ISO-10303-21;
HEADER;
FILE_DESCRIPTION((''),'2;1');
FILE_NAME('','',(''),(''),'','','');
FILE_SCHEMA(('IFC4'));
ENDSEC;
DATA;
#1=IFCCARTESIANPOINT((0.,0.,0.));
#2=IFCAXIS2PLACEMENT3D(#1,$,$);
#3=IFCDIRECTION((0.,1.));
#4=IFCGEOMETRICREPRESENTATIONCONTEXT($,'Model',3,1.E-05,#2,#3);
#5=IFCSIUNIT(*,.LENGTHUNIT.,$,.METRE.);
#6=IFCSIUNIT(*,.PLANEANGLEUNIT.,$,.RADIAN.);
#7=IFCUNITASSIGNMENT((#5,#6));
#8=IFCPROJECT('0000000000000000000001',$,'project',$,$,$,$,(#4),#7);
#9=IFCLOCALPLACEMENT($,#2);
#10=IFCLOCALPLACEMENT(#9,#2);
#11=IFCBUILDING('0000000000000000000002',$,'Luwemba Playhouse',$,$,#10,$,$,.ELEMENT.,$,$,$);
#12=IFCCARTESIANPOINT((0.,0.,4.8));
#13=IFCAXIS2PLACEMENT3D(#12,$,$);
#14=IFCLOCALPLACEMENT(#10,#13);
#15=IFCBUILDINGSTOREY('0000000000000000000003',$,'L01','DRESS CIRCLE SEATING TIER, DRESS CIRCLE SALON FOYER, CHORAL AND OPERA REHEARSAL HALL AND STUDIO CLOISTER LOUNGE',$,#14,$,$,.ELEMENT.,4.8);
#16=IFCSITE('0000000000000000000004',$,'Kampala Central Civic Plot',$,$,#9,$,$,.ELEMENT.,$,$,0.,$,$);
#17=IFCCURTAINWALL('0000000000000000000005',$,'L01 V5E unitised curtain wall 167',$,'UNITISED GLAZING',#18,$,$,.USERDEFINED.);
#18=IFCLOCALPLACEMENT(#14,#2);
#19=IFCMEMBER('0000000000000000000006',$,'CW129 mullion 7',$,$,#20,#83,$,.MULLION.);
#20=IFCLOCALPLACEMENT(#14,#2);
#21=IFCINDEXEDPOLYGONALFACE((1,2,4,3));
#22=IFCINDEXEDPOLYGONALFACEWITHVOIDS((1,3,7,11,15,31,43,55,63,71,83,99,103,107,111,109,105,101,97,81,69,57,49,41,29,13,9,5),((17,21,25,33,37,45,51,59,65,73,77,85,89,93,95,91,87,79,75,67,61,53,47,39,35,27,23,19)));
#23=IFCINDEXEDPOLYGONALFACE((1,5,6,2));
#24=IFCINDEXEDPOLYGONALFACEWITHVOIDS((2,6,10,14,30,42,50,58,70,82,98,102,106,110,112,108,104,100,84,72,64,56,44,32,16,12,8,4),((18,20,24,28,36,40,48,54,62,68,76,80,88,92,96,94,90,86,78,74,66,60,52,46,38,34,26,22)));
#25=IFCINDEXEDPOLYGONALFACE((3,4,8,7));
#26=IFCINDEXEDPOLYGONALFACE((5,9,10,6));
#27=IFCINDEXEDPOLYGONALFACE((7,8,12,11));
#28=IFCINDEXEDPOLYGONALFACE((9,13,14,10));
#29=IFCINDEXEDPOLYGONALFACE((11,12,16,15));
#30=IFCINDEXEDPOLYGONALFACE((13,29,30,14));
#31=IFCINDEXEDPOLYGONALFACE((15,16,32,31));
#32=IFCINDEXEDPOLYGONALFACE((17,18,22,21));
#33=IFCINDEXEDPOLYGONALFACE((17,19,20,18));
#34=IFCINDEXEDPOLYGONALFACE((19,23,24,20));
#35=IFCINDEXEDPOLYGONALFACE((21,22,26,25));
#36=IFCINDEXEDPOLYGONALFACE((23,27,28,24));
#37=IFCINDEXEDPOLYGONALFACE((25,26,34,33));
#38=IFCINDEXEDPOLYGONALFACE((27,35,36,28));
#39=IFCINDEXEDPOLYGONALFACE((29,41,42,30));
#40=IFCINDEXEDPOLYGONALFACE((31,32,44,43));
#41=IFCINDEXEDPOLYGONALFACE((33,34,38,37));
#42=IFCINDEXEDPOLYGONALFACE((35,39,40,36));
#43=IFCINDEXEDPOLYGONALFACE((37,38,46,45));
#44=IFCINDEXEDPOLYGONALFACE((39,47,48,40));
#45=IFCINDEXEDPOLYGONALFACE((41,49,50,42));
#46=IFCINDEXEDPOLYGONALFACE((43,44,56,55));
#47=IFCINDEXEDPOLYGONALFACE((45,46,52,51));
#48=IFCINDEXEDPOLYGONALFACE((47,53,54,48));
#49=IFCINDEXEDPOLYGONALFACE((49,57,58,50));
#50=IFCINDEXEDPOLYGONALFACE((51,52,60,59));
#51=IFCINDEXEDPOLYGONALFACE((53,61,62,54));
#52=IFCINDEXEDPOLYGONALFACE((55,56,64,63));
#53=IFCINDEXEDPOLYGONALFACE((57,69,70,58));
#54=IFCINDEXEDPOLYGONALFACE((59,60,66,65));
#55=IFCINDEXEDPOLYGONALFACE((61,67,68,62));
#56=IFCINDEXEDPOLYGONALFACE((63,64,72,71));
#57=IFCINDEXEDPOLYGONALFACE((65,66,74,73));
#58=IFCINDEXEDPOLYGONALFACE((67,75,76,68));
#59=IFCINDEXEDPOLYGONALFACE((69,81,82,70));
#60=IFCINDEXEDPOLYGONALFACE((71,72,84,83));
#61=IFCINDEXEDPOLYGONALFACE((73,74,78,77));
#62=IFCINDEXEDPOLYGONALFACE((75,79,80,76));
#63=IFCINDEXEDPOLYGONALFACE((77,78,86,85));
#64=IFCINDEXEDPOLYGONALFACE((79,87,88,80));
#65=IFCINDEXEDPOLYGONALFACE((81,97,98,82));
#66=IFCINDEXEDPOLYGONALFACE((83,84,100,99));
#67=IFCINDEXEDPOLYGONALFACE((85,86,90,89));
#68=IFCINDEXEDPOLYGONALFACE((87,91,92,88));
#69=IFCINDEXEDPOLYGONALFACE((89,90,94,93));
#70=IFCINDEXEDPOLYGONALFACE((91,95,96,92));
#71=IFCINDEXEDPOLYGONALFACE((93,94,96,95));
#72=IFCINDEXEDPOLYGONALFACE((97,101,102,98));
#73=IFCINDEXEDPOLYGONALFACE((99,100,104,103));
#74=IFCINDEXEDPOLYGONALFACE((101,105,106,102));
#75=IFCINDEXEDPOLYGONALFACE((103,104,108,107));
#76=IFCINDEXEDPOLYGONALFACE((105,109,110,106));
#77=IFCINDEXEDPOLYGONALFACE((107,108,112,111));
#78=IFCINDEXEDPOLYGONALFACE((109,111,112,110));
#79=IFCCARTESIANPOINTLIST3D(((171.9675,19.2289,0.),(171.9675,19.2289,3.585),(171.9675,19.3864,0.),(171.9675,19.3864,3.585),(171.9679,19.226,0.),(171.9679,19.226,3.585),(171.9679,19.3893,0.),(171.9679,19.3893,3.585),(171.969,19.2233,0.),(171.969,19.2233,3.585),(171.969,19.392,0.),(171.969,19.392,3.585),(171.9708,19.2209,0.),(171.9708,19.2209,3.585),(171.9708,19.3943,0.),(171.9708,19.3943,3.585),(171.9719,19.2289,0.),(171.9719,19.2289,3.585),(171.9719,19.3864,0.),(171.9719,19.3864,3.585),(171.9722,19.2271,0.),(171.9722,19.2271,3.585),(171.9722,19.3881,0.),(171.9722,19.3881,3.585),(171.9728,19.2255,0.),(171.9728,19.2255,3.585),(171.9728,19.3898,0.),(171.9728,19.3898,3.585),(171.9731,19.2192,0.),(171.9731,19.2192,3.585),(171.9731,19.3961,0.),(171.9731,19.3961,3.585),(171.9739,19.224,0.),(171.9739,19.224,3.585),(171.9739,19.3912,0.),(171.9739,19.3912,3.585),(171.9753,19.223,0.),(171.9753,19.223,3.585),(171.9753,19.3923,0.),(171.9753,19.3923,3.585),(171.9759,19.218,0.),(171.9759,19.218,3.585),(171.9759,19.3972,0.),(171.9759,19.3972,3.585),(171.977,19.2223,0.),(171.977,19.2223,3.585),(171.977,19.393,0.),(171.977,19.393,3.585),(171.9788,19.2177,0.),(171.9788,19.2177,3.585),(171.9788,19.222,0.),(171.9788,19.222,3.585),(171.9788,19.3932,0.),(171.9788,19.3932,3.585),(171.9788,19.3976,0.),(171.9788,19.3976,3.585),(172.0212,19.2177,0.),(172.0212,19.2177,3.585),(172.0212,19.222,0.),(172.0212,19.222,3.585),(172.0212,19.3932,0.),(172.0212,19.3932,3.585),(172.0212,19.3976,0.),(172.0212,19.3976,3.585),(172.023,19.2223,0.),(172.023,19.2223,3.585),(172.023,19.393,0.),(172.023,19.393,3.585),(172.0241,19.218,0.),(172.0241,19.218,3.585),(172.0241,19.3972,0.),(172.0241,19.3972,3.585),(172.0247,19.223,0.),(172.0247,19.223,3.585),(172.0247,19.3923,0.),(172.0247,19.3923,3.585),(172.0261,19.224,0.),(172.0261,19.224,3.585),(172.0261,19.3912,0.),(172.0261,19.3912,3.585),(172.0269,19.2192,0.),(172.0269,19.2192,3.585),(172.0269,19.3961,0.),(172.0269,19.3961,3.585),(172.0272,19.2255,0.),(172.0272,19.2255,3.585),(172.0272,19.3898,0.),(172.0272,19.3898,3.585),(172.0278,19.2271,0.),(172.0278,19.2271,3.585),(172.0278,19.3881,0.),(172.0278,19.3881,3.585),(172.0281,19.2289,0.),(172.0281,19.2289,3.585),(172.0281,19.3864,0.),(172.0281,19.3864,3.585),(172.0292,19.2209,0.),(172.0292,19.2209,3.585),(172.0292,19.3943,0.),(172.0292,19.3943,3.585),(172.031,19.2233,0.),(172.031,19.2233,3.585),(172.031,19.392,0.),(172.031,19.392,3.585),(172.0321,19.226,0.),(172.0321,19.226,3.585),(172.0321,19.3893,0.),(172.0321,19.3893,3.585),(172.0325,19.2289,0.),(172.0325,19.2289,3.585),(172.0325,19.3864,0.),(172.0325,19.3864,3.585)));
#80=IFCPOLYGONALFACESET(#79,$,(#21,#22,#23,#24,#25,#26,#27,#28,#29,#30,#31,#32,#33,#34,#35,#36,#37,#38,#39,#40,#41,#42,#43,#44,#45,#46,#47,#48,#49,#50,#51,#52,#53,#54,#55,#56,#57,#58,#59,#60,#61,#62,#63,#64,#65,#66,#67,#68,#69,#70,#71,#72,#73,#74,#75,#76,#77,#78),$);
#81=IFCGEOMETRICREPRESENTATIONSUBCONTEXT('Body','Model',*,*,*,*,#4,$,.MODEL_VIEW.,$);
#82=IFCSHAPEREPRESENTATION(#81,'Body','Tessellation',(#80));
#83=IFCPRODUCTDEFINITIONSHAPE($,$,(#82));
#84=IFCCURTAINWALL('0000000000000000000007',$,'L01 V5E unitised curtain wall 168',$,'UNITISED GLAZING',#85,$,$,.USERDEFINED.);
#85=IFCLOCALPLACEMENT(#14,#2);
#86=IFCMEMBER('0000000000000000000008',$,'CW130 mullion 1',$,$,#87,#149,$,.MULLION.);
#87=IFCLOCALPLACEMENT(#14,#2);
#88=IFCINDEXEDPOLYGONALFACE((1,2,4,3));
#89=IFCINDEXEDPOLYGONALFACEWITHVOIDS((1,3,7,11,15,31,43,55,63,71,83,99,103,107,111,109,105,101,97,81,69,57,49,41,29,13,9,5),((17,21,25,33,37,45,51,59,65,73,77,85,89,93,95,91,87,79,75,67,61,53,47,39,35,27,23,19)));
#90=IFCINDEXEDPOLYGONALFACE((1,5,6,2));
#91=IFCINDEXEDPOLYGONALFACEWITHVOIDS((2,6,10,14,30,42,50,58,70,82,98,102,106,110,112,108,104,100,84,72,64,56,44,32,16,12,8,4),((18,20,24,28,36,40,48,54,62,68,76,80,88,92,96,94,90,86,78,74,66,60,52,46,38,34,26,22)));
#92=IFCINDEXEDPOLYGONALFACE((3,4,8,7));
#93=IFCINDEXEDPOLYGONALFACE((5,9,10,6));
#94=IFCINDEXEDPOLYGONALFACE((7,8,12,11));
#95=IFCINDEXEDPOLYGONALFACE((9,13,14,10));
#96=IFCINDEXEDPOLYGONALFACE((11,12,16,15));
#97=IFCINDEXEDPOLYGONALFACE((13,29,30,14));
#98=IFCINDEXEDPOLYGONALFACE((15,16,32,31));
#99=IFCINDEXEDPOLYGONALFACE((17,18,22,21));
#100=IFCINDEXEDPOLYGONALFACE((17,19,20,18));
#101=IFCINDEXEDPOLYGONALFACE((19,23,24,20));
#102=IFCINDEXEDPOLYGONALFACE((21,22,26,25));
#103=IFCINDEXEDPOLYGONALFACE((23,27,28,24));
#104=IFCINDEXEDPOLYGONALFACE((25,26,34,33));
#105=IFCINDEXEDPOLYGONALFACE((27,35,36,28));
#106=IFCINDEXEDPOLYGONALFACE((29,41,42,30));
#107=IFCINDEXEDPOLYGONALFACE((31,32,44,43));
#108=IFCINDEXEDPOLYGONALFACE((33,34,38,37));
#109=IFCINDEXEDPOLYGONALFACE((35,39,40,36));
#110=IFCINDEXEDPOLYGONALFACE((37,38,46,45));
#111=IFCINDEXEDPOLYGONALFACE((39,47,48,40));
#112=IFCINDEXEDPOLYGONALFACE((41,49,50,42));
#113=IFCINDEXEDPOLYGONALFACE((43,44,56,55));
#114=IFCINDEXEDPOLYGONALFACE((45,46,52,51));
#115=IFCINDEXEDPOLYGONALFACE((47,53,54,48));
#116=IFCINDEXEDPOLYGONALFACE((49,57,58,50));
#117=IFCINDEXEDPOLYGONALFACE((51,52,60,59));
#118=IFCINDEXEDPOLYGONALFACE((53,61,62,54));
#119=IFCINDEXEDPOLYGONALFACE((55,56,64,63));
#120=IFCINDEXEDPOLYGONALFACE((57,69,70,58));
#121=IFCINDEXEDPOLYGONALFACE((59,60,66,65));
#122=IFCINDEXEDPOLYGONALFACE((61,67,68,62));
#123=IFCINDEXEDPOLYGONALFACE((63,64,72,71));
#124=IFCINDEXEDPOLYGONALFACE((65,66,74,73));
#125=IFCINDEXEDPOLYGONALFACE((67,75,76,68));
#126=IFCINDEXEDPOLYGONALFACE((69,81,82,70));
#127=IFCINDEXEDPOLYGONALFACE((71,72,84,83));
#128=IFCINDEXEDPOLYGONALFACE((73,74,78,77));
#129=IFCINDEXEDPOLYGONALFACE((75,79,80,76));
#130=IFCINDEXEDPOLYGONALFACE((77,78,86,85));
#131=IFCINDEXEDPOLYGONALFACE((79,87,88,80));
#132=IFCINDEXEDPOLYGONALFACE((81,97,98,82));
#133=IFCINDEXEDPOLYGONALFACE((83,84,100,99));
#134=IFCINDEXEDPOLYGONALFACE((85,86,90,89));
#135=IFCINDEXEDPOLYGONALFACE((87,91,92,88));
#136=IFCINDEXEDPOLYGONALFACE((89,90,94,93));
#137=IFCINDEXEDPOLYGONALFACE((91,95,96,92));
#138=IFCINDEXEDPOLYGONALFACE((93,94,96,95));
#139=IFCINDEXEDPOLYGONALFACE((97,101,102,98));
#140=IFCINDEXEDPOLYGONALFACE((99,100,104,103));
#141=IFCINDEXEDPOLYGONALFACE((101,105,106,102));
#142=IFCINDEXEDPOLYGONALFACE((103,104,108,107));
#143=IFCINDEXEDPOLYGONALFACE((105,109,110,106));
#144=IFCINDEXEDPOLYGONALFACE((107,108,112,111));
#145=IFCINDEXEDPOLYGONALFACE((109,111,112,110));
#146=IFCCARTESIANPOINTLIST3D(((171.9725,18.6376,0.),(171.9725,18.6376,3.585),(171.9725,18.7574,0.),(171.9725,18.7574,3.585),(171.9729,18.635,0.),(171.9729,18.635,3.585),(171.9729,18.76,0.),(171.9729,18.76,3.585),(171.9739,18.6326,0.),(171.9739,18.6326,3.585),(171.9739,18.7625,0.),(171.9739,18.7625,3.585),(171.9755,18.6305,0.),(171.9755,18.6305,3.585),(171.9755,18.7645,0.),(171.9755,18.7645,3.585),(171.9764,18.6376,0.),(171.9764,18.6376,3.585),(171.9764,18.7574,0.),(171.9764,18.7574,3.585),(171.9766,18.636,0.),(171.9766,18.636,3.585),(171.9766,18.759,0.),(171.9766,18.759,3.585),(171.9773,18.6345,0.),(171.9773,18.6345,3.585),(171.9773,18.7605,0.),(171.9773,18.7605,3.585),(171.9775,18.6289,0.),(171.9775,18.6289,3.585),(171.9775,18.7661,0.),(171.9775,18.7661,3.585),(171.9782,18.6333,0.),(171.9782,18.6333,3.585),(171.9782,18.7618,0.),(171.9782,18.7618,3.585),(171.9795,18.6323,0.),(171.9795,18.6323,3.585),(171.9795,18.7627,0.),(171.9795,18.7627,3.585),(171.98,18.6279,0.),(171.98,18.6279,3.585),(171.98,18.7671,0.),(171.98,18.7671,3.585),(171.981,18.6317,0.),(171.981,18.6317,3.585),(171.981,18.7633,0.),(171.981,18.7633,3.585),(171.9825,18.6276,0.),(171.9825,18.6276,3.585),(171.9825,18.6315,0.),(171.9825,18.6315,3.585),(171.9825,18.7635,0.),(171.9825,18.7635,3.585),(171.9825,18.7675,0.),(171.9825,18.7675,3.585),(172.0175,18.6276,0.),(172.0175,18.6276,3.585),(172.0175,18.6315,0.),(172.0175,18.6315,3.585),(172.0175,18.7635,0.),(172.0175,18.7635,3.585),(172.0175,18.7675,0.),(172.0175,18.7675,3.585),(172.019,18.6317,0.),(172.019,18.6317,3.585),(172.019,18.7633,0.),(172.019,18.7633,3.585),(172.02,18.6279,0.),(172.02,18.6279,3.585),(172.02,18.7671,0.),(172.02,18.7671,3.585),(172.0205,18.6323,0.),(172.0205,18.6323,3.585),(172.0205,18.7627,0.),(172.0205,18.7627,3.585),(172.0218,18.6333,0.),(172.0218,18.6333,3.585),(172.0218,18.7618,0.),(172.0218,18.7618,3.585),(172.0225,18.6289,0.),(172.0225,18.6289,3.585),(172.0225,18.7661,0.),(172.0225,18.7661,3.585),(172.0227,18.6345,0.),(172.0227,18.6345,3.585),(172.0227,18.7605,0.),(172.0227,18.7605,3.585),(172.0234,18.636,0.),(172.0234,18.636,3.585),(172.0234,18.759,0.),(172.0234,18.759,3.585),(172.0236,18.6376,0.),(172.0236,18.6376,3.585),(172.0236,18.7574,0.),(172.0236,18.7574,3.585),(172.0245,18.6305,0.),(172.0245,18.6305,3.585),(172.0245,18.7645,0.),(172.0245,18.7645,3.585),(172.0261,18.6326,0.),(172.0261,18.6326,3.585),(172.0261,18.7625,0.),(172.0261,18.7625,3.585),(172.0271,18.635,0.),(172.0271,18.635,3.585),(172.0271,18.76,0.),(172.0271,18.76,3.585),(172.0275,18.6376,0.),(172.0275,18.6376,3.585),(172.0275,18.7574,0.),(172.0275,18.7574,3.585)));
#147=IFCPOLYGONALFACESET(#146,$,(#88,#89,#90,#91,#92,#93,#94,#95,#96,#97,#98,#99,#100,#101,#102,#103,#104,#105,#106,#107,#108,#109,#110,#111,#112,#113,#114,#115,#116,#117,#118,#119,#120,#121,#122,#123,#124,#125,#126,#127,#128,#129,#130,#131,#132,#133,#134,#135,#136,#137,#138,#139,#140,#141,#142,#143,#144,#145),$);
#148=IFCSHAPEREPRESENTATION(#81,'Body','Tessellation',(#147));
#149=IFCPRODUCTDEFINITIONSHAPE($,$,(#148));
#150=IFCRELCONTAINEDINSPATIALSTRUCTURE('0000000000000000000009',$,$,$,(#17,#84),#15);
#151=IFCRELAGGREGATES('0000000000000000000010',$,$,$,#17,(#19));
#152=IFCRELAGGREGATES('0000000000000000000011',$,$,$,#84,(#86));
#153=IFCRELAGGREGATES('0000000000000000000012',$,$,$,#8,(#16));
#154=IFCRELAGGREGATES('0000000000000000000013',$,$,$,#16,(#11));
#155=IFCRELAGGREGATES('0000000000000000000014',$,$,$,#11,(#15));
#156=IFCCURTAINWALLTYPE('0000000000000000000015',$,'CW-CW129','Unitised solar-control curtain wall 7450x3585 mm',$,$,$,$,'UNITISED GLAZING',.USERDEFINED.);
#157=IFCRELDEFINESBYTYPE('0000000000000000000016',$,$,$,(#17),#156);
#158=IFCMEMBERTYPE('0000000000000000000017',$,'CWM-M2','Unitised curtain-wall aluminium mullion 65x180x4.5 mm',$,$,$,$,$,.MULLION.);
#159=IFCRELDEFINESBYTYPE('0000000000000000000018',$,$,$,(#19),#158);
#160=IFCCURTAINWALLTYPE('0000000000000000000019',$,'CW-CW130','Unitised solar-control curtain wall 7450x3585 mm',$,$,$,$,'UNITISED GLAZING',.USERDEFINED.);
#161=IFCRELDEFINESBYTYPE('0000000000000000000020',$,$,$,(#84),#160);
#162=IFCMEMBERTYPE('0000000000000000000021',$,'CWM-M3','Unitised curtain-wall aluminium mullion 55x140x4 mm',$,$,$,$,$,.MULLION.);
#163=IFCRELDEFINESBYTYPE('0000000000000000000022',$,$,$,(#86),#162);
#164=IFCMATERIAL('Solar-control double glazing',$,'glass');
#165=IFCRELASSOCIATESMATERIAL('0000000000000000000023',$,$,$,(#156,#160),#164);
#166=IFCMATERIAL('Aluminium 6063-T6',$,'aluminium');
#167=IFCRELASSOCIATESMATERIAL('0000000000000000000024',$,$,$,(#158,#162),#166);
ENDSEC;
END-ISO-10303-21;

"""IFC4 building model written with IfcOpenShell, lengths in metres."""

from ifc_helpers import new_model, si_unit, direction, frame, origin, origin_2d, place, context, subcontext, project, spatial, hollow_rectangle, extrude, material, material_profile, profile_set, type_object, element, aggregate, save


model = new_model("IFC4")

# Units and contexts
model_context = context("Model", 3, precision=1e-05, world=origin(), true_north=direction((0.0, 1.0)))
body_context = subcontext(model_context, "Body", "Model", "MODEL_VIEW")
ifc_project = project(units=[si_unit("LENGTHUNIT", "METRE"), si_unit("PLANEANGLEUNIT", "RADIAN")], contexts=[model_context])

# Site, building, storey
site_placement = place(None, origin())
site = spatial("IfcSite", under=ifc_project, at=site_placement, Name="Kampala Central Civic Plot", CompositionType="ELEMENT", RefElevation=0.0)
building_placement = place(site_placement, origin())
building = spatial("IfcBuilding", under=site, at=building_placement, Name="Luwemba Playhouse", CompositionType="ELEMENT")
storey_placement = place(building_placement, frame((0.0, 0.0, 4.8)))
storey = spatial("IfcBuildingStorey", under=building, at=storey_placement, Name="L01", Description="DRESS CIRCLE SEATING TIER, DRESS CIRCLE SALON FOYER, CHORAL AND OPERA REHEARSAL HALL AND STUDIO CLOISTER LOUNGE", CompositionType="ELEMENT", Elevation=4.8)

# Curtain walls, members
ifc_material_1 = material(Name="Solar-control double glazing", Category="glass")
curtain_wall_type_1 = type_object("IfcCurtainWallType", Name="CW-CW129", Description="Unitised solar-control curtain wall 7450x3585 mm", ElementType="UNITISED GLAZING", PredefinedType="USERDEFINED", material=ifc_material_1)
curtain_wall_1_placement = place(storey_placement, origin())
curtain_wall_1 = element("IfcCurtainWall", 1, at=curtain_wall_1_placement, inside=storey, type_object=curtain_wall_type_1, Name="L01 V5E unitised curtain wall 167", ObjectType="UNITISED GLAZING", PredefinedType="USERDEFINED")
ifc_material_2 = material(Name="Aluminium 6063-T6", Category="aluminium")
ifc_material_profile_1 = material_profile(ifc_material_2, hollow_rectangle(XDim=0.0649, YDim=0.1799, WallThickness=0.0044, InnerFilletRadius=0.0068, OuterFilletRadius=0.0112, at=origin_2d()))
ifc_profile_set_1 = profile_set([ifc_material_profile_1], Name="Aluminium 6063-T6")
member_type_1 = type_object("IfcMemberType", Name="CWM-M2", Description="Unitised curtain-wall aluminium mullion 65x180x4.5 mm", PredefinedType="MULLION", material=ifc_profile_set_1)
member_1_placement = place(storey_placement, frame((172.0, 19.3076, 0.0), z_axis=(0.0, 0.0, 1.0), x_axis=(1.0, 0.0, 0.0)))
member_1 = element("IfcMember", 2, at=member_1_placement, type_object=member_type_1, Name="CW129 mullion 7", PredefinedType="MULLION", context=body_context, shape_type="SweptSolid", body=[
    extrude(hollow_rectangle(XDim=0.0649, YDim=0.1799, WallThickness=0.0044, InnerFilletRadius=0.0068, OuterFilletRadius=0.0112, at=origin_2d()), origin(), (0.0, 0.0, 1.0), 3.585),
])
curtain_wall_type_2 = type_object("IfcCurtainWallType", Name="CW-CW130", Description="Unitised solar-control curtain wall 7450x3585 mm", ElementType="UNITISED GLAZING", PredefinedType="USERDEFINED", material=ifc_material_1)
curtain_wall_2_placement = place(storey_placement, origin())
curtain_wall_2 = element("IfcCurtainWall", 3, at=curtain_wall_2_placement, inside=storey, type_object=curtain_wall_type_2, Name="L01 V5E unitised curtain wall 168", ObjectType="UNITISED GLAZING", PredefinedType="USERDEFINED")
ifc_material_profile_2 = material_profile(ifc_material_2, hollow_rectangle(XDim=0.0549, YDim=0.1399, WallThickness=0.0039, InnerFilletRadius=0.0061, OuterFilletRadius=0.01, at=origin_2d()))
ifc_profile_set_2 = profile_set([ifc_material_profile_2], Name="Aluminium 6063-T6")
member_type_2 = type_object("IfcMemberType", Name="CWM-M3", Description="Unitised curtain-wall aluminium mullion 55x140x4 mm", PredefinedType="MULLION", material=ifc_profile_set_2)
member_2_placement = place(storey_placement, frame((172.0, 18.6975, 0.0), z_axis=(0.0, 0.0, 1.0), x_axis=(1.0, 0.0, 0.0)))
member_2 = element("IfcMember", 4, at=member_2_placement, type_object=member_type_2, Name="CW130 mullion 1", PredefinedType="MULLION", context=body_context, shape_type="SweptSolid", body=[
    extrude(hollow_rectangle(XDim=0.0549, YDim=0.1399, WallThickness=0.0039, InnerFilletRadius=0.0061, OuterFilletRadius=0.01, at=origin_2d()), origin(), (0.0, 0.0, 1.0), 3.585),
])

aggregate(curtain_wall_1, [member_1])
aggregate(curtain_wall_2, [member_2])

save(model, "model.ifc")
